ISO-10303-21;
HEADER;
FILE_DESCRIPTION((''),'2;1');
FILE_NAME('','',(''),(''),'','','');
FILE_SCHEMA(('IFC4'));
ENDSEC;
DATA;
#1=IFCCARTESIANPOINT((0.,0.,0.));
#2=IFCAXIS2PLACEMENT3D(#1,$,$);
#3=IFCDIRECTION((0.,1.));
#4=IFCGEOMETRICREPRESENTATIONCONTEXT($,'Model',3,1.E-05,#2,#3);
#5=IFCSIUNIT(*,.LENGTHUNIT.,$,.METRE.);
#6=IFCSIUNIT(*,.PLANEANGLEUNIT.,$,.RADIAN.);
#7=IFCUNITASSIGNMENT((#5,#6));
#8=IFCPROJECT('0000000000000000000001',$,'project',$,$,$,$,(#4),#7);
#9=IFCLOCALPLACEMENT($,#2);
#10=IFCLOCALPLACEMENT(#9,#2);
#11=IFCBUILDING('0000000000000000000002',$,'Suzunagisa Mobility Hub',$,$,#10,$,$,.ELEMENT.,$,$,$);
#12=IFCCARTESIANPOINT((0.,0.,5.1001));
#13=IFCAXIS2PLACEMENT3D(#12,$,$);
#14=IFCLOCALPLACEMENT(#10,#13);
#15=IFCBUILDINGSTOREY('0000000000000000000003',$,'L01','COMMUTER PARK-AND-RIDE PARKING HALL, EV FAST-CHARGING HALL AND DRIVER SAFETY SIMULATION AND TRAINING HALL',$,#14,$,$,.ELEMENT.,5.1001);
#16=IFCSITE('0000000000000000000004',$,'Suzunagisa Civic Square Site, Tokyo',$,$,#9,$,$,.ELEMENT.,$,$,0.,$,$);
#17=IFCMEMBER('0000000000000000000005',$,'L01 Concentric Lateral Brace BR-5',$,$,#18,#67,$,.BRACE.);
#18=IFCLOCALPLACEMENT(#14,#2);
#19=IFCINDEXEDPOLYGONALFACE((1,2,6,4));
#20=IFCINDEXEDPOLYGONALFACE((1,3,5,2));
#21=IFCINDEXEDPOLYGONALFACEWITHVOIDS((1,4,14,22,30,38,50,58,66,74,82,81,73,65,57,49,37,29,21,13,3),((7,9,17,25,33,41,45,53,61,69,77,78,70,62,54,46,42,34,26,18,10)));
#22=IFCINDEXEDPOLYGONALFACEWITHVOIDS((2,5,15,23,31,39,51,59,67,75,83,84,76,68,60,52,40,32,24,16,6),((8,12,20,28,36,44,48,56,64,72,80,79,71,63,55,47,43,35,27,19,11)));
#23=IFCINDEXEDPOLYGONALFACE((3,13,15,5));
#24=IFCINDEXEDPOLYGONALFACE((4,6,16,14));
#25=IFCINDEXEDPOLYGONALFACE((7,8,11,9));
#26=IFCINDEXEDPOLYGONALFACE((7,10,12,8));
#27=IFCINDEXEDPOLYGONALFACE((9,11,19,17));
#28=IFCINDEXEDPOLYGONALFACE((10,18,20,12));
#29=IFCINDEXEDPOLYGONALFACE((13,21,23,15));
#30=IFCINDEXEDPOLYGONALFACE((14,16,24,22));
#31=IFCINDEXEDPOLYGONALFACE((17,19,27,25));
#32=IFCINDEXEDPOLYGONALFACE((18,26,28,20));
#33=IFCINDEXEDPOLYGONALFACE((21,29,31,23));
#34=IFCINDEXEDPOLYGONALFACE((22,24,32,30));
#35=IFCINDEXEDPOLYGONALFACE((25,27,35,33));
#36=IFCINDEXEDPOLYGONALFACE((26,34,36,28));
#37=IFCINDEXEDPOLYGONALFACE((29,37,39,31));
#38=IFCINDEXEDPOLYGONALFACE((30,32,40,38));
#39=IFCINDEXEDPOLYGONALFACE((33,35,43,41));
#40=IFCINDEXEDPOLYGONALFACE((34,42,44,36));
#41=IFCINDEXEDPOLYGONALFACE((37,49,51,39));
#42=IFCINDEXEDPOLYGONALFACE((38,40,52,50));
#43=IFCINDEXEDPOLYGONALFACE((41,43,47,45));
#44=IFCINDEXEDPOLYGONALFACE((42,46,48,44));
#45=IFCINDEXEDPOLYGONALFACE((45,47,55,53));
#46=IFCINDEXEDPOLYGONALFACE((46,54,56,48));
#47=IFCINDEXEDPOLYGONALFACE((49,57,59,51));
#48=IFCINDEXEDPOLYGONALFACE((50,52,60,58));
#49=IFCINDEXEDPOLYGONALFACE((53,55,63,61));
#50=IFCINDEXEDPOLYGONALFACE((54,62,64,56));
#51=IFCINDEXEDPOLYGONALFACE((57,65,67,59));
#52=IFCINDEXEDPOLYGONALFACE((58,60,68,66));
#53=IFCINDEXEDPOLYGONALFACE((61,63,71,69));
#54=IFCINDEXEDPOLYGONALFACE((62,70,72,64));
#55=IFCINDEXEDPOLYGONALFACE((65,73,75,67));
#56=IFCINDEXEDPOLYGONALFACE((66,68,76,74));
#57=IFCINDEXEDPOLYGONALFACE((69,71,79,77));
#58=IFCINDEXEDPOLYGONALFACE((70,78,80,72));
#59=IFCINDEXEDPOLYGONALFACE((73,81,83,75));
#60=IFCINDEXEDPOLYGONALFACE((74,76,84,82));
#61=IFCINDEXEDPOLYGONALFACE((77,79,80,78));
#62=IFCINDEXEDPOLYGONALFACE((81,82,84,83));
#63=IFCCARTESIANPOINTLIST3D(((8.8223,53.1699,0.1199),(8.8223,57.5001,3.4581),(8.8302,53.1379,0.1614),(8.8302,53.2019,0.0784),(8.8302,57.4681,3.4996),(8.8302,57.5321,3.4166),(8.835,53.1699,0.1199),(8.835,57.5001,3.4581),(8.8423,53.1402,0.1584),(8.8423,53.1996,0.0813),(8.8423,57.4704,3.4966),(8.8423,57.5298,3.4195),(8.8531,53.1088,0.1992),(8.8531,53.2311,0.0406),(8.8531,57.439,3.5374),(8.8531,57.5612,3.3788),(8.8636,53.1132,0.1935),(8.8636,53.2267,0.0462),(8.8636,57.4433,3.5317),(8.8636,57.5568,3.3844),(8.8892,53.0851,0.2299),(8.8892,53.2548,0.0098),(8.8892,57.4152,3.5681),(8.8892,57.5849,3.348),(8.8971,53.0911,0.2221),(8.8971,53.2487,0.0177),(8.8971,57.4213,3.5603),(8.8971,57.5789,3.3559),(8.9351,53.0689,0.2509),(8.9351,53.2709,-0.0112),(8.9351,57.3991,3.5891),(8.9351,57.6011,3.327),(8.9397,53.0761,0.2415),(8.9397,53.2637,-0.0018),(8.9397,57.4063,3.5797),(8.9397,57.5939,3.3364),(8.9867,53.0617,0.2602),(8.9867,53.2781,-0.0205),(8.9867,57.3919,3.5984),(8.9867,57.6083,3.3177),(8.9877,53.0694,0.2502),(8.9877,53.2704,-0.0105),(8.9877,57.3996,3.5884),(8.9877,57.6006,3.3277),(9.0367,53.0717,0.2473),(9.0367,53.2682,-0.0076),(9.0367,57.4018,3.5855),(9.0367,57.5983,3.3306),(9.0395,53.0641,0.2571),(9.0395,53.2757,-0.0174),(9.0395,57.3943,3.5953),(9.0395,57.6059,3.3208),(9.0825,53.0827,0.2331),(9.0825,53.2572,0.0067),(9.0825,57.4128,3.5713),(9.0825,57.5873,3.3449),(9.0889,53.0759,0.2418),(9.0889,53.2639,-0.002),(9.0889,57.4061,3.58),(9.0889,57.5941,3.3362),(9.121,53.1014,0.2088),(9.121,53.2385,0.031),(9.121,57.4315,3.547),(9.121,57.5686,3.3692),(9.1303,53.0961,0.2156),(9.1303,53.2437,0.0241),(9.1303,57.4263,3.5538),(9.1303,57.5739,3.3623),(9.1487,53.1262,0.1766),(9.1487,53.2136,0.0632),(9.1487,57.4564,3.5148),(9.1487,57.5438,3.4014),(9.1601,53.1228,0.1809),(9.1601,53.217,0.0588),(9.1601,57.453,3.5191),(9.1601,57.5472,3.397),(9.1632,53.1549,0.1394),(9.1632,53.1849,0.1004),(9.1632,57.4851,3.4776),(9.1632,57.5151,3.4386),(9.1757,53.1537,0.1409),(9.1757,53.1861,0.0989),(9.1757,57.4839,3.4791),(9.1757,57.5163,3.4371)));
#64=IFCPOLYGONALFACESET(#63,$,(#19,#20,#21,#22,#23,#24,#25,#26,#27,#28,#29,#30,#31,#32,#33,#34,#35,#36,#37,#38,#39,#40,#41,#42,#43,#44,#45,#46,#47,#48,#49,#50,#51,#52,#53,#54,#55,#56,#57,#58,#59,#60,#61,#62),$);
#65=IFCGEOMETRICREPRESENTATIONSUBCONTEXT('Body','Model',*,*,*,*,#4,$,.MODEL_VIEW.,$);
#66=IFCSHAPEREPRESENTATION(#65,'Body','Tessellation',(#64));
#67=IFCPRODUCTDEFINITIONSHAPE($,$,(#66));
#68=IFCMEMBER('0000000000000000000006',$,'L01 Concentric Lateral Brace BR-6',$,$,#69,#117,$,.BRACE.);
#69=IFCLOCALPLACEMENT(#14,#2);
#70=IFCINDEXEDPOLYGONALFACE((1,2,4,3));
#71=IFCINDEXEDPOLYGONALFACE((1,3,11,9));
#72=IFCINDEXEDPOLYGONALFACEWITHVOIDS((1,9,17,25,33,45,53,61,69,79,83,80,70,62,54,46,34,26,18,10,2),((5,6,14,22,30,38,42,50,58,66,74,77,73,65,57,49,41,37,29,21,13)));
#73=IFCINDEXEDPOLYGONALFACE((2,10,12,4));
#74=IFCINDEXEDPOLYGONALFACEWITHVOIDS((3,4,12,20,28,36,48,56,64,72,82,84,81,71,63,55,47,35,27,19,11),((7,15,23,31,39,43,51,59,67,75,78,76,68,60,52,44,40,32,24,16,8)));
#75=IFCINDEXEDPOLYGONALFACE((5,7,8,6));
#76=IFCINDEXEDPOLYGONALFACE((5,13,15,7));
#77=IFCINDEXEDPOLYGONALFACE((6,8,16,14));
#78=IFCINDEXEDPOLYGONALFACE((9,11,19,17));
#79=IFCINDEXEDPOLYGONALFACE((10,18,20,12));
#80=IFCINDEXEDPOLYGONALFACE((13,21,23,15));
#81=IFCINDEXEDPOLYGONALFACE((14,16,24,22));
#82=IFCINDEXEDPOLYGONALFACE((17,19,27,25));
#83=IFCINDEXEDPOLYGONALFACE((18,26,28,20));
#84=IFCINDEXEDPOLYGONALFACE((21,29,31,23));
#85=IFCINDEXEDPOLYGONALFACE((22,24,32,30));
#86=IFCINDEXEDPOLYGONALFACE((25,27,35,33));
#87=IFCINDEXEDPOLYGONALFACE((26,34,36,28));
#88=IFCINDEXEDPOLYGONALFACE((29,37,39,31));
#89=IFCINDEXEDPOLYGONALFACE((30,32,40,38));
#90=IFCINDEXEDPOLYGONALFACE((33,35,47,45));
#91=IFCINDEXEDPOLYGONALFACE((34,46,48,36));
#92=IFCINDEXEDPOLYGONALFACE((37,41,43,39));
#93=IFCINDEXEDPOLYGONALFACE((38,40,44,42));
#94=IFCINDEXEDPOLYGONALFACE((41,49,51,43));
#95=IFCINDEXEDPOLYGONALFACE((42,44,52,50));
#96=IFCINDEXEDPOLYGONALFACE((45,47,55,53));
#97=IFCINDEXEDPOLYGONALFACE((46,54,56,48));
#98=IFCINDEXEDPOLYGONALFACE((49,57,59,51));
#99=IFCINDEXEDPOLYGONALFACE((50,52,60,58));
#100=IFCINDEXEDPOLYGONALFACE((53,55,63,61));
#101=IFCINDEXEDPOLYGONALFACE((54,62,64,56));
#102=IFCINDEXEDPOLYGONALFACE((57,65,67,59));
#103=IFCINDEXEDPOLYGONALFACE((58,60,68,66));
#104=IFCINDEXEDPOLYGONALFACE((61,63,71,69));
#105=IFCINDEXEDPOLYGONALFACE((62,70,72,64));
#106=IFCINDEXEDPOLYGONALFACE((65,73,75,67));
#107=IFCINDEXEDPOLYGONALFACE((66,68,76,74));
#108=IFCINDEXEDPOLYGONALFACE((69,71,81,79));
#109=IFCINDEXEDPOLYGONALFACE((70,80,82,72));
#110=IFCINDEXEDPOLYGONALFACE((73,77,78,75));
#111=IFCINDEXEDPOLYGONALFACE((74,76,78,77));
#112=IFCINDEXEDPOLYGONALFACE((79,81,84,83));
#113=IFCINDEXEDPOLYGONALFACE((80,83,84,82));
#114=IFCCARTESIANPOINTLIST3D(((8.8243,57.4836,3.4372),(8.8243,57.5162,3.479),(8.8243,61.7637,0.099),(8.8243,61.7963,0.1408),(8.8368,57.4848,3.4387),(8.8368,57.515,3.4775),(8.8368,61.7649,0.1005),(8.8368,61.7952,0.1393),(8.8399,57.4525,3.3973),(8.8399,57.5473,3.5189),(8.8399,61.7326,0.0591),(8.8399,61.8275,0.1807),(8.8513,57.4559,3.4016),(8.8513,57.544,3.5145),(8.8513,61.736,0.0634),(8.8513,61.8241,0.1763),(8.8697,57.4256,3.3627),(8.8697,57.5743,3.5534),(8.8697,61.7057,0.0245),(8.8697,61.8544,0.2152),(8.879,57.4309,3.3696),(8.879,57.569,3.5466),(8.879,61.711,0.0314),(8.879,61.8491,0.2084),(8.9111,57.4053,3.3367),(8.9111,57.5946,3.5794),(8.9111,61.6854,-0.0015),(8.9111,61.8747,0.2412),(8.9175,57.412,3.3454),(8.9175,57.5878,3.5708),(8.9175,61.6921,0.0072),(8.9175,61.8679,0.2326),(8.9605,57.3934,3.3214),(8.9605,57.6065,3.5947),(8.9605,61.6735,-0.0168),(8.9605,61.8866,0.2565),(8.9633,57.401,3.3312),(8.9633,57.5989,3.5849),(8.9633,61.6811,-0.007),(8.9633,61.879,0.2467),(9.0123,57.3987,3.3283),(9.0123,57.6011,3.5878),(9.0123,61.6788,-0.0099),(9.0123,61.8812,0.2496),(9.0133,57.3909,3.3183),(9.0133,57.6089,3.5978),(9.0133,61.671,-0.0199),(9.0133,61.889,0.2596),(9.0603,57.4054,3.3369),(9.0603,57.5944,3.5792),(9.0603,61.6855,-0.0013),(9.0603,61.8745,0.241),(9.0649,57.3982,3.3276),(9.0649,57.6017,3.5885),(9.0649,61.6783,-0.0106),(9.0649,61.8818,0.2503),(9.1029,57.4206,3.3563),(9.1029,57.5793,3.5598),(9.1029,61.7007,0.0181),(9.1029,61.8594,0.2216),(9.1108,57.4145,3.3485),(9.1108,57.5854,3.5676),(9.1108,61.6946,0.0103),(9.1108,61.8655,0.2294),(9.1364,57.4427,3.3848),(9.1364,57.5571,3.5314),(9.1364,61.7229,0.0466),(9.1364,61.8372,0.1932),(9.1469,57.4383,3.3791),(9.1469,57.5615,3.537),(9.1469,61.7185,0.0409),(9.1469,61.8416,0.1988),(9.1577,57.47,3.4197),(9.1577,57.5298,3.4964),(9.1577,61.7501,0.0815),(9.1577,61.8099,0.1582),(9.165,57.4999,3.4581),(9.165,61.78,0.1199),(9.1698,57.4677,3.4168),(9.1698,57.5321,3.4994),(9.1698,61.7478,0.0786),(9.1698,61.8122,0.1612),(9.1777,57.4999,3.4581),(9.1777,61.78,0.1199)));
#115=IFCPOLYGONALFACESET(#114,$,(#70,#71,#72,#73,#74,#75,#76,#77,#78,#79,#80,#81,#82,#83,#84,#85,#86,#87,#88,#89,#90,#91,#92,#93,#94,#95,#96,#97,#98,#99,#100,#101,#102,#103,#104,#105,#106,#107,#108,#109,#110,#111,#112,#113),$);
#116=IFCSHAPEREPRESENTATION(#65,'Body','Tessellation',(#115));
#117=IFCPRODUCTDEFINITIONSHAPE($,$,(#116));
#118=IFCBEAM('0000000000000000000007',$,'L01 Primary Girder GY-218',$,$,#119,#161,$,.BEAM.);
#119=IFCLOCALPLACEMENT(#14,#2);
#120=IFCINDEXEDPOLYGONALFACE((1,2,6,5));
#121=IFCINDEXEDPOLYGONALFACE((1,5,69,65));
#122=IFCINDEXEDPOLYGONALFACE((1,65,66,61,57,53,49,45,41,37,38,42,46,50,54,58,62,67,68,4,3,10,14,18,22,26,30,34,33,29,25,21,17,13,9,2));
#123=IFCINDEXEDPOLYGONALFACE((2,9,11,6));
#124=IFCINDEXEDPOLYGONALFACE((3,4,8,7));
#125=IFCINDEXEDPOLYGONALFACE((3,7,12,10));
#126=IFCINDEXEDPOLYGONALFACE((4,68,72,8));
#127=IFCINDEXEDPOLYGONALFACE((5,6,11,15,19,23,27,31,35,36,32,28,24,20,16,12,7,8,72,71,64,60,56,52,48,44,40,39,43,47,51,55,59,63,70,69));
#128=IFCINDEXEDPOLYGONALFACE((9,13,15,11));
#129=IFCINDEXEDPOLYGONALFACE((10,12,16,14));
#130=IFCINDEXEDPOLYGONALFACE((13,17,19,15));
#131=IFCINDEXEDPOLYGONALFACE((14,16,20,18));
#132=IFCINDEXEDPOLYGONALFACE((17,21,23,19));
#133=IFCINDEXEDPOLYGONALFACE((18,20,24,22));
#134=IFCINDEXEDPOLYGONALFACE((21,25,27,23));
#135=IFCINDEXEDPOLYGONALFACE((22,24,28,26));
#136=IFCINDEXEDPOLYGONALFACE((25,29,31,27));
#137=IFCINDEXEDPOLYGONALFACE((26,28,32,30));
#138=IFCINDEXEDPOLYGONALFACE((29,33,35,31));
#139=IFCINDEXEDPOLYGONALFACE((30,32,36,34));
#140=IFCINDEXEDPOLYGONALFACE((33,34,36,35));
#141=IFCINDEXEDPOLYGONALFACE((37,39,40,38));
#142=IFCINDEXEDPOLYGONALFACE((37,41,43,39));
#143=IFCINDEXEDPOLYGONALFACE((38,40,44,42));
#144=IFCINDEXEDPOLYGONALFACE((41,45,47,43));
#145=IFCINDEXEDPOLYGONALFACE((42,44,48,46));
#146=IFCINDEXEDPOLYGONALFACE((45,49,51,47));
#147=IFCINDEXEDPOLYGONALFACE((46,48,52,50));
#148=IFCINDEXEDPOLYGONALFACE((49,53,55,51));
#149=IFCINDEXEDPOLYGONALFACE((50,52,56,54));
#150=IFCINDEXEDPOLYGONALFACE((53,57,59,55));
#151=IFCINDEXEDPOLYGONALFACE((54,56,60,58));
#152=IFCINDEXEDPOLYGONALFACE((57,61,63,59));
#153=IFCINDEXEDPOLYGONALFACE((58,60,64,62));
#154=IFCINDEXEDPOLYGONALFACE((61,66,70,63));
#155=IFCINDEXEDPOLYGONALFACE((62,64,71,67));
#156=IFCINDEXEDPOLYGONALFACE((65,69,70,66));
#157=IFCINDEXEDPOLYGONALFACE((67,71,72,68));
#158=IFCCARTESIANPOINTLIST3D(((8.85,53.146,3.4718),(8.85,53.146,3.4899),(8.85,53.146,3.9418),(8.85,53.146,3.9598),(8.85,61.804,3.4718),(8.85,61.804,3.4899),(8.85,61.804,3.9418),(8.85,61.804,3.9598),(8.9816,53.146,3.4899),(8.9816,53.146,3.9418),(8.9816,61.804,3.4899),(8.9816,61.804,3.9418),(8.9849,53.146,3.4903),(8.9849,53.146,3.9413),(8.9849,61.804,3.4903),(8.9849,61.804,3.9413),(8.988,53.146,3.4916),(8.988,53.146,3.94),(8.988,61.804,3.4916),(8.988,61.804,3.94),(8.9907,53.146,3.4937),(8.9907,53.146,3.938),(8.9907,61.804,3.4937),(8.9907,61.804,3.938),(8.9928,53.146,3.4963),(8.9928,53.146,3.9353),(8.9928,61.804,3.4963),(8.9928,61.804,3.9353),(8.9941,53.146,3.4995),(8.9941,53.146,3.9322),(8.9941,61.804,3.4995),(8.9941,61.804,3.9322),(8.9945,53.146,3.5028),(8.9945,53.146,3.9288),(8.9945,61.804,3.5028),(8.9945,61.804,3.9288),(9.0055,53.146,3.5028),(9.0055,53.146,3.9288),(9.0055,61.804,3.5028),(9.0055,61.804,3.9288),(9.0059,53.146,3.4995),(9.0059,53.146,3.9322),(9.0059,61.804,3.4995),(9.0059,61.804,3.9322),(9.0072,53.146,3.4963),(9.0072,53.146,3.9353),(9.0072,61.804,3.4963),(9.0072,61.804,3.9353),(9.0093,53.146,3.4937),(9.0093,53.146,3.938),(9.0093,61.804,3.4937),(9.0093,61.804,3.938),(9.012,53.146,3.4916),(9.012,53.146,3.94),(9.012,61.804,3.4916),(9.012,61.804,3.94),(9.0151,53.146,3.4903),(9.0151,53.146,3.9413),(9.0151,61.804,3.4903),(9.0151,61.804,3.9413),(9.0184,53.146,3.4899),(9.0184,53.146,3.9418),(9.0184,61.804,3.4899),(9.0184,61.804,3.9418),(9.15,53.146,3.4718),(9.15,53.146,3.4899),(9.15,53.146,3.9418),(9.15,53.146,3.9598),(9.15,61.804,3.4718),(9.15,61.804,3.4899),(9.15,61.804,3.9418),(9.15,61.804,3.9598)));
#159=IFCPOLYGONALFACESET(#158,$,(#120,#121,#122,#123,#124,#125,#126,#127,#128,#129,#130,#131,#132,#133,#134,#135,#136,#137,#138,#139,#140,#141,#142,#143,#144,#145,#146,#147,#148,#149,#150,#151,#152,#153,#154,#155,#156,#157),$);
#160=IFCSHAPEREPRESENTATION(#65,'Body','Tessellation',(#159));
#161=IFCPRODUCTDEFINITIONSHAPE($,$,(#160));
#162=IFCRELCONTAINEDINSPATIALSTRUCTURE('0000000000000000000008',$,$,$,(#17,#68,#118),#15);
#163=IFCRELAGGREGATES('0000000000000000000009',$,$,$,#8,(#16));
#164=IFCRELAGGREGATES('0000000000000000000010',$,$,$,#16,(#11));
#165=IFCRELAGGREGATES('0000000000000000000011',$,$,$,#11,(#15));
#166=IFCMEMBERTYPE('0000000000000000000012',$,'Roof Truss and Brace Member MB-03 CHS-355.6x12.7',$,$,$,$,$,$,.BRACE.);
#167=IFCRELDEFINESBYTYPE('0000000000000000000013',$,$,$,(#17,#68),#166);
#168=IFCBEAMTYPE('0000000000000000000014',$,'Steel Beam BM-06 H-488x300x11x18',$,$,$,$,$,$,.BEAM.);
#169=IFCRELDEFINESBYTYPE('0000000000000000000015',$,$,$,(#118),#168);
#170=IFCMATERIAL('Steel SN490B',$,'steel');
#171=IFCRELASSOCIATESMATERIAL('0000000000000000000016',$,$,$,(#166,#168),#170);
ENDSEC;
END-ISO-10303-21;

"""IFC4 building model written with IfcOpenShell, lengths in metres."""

from ifc_helpers import new_model, si_unit, direction, frame, origin, origin_2d, place, context, subcontext, project, spatial, hollow_circle, i_section, extrude, material, material_profile, profile_set, type_object, element, save


model = new_model("IFC4")

# Units and contexts
model_context = context("Model", 3, precision=1e-05, world=origin(), true_north=direction((0.0, 1.0)))
body_context = subcontext(model_context, "Body", "Model", "MODEL_VIEW")
ifc_project = project(units=[si_unit("LENGTHUNIT", "METRE"), si_unit("PLANEANGLEUNIT", "RADIAN")], contexts=[model_context])

# Site, building, storey
site_placement = place(None, origin())
site = spatial("IfcSite", under=ifc_project, at=site_placement, Name="Suzunagisa Civic Square Site, Tokyo", CompositionType="ELEMENT", RefElevation=0.0)
building_placement = place(site_placement, origin())
building = spatial("IfcBuilding", under=site, at=building_placement, Name="Suzunagisa Mobility Hub", CompositionType="ELEMENT")
storey_placement = place(building_placement, frame((0.0, 0.0, 5.1001)))
storey = spatial("IfcBuildingStorey", under=building, at=storey_placement, Name="L01", Description="COMMUTER PARK-AND-RIDE PARKING HALL, EV FAST-CHARGING HALL AND DRIVER SAFETY SIMULATION AND TRAINING HALL", CompositionType="ELEMENT", Elevation=5.1001)

# Shared definitions
ifc_material_1 = material(Name="Steel SN490B", Category="steel")

# Members
ifc_material_profile_1 = material_profile(ifc_material_1, hollow_circle(Radius=0.1777, WallThickness=0.0127, at=origin_2d()), Name="CHS-355.6x12.7")
ifc_profile_set_1 = profile_set([ifc_material_profile_1], Name="Steel SN490B")
member_type_1 = type_object("IfcMemberType", Name="Roof Truss and Brace Member MB-03 CHS-355.6x12.7", PredefinedType="BRACE", material=ifc_profile_set_1)
member_1_placement = place(storey_placement, frame((9.0, 53.1699, 0.1199), z_axis=(0.0, 0.791978, 0.61055), x_axis=(-1.0, 0.0, 0.0)))
element("IfcMember", 1, at=member_1_placement, inside=storey, type_object=member_type_1, Name="L01 Concentric Lateral Brace BR-5", PredefinedType="BRACE", context=body_context, shape_type="SweptSolid", body=[
    extrude(hollow_circle(Radius=0.1777, WallThickness=0.0127, at=origin_2d()), origin(), (0.0, 0.0, 1.0), 5.4675),
])
member_2_placement = place(storey_placement, frame((9.0, 61.78, 0.1199), z_axis=(0.0, -0.788528, 0.614999), x_axis=(1.0, 0.0, 0.0)))
element("IfcMember", 2, at=member_2_placement, inside=storey, type_object=member_type_1, Name="L01 Concentric Lateral Brace BR-6", PredefinedType="BRACE", context=body_context, shape_type="SweptSolid", body=[
    extrude(hollow_circle(Radius=0.1777, WallThickness=0.0127, at=origin_2d()), origin(), (0.0, 0.0, 1.0), 5.428),
])

# Beam
ifc_material_profile_2 = material_profile(ifc_material_1, i_section(OverallWidth=0.3, OverallDepth=0.488, WebThickness=0.011, FlangeThickness=0.0181, FilletRadius=0.0129, at=origin_2d()), Name="H-488x300x11x18")
ifc_profile_set_2 = profile_set([ifc_material_profile_2], Name="Steel SN490B")
beam_type_1 = type_object("IfcBeamType", Name="Steel Beam BM-06 H-488x300x11x18", PredefinedType="BEAM", material=ifc_profile_set_2)
beam_1_placement = place(storey_placement, frame((9.0, 53.146, 3.7158), z_axis=(0.0, 1.0, 0.0), x_axis=(-1.0, 0.0, 0.0)))
element("IfcBeam", 3, at=beam_1_placement, inside=storey, type_object=beam_type_1, Name="L01 Primary Girder GY-218", PredefinedType="BEAM", context=body_context, shape_type="SweptSolid", body=[
    extrude(i_section(OverallWidth=0.3, OverallDepth=0.488, WebThickness=0.011, FlangeThickness=0.0181, FilletRadius=0.0129, at=origin_2d()), origin(), (0.0, 0.0, 1.0), 8.658),
])

save(model, "model.ifc")
